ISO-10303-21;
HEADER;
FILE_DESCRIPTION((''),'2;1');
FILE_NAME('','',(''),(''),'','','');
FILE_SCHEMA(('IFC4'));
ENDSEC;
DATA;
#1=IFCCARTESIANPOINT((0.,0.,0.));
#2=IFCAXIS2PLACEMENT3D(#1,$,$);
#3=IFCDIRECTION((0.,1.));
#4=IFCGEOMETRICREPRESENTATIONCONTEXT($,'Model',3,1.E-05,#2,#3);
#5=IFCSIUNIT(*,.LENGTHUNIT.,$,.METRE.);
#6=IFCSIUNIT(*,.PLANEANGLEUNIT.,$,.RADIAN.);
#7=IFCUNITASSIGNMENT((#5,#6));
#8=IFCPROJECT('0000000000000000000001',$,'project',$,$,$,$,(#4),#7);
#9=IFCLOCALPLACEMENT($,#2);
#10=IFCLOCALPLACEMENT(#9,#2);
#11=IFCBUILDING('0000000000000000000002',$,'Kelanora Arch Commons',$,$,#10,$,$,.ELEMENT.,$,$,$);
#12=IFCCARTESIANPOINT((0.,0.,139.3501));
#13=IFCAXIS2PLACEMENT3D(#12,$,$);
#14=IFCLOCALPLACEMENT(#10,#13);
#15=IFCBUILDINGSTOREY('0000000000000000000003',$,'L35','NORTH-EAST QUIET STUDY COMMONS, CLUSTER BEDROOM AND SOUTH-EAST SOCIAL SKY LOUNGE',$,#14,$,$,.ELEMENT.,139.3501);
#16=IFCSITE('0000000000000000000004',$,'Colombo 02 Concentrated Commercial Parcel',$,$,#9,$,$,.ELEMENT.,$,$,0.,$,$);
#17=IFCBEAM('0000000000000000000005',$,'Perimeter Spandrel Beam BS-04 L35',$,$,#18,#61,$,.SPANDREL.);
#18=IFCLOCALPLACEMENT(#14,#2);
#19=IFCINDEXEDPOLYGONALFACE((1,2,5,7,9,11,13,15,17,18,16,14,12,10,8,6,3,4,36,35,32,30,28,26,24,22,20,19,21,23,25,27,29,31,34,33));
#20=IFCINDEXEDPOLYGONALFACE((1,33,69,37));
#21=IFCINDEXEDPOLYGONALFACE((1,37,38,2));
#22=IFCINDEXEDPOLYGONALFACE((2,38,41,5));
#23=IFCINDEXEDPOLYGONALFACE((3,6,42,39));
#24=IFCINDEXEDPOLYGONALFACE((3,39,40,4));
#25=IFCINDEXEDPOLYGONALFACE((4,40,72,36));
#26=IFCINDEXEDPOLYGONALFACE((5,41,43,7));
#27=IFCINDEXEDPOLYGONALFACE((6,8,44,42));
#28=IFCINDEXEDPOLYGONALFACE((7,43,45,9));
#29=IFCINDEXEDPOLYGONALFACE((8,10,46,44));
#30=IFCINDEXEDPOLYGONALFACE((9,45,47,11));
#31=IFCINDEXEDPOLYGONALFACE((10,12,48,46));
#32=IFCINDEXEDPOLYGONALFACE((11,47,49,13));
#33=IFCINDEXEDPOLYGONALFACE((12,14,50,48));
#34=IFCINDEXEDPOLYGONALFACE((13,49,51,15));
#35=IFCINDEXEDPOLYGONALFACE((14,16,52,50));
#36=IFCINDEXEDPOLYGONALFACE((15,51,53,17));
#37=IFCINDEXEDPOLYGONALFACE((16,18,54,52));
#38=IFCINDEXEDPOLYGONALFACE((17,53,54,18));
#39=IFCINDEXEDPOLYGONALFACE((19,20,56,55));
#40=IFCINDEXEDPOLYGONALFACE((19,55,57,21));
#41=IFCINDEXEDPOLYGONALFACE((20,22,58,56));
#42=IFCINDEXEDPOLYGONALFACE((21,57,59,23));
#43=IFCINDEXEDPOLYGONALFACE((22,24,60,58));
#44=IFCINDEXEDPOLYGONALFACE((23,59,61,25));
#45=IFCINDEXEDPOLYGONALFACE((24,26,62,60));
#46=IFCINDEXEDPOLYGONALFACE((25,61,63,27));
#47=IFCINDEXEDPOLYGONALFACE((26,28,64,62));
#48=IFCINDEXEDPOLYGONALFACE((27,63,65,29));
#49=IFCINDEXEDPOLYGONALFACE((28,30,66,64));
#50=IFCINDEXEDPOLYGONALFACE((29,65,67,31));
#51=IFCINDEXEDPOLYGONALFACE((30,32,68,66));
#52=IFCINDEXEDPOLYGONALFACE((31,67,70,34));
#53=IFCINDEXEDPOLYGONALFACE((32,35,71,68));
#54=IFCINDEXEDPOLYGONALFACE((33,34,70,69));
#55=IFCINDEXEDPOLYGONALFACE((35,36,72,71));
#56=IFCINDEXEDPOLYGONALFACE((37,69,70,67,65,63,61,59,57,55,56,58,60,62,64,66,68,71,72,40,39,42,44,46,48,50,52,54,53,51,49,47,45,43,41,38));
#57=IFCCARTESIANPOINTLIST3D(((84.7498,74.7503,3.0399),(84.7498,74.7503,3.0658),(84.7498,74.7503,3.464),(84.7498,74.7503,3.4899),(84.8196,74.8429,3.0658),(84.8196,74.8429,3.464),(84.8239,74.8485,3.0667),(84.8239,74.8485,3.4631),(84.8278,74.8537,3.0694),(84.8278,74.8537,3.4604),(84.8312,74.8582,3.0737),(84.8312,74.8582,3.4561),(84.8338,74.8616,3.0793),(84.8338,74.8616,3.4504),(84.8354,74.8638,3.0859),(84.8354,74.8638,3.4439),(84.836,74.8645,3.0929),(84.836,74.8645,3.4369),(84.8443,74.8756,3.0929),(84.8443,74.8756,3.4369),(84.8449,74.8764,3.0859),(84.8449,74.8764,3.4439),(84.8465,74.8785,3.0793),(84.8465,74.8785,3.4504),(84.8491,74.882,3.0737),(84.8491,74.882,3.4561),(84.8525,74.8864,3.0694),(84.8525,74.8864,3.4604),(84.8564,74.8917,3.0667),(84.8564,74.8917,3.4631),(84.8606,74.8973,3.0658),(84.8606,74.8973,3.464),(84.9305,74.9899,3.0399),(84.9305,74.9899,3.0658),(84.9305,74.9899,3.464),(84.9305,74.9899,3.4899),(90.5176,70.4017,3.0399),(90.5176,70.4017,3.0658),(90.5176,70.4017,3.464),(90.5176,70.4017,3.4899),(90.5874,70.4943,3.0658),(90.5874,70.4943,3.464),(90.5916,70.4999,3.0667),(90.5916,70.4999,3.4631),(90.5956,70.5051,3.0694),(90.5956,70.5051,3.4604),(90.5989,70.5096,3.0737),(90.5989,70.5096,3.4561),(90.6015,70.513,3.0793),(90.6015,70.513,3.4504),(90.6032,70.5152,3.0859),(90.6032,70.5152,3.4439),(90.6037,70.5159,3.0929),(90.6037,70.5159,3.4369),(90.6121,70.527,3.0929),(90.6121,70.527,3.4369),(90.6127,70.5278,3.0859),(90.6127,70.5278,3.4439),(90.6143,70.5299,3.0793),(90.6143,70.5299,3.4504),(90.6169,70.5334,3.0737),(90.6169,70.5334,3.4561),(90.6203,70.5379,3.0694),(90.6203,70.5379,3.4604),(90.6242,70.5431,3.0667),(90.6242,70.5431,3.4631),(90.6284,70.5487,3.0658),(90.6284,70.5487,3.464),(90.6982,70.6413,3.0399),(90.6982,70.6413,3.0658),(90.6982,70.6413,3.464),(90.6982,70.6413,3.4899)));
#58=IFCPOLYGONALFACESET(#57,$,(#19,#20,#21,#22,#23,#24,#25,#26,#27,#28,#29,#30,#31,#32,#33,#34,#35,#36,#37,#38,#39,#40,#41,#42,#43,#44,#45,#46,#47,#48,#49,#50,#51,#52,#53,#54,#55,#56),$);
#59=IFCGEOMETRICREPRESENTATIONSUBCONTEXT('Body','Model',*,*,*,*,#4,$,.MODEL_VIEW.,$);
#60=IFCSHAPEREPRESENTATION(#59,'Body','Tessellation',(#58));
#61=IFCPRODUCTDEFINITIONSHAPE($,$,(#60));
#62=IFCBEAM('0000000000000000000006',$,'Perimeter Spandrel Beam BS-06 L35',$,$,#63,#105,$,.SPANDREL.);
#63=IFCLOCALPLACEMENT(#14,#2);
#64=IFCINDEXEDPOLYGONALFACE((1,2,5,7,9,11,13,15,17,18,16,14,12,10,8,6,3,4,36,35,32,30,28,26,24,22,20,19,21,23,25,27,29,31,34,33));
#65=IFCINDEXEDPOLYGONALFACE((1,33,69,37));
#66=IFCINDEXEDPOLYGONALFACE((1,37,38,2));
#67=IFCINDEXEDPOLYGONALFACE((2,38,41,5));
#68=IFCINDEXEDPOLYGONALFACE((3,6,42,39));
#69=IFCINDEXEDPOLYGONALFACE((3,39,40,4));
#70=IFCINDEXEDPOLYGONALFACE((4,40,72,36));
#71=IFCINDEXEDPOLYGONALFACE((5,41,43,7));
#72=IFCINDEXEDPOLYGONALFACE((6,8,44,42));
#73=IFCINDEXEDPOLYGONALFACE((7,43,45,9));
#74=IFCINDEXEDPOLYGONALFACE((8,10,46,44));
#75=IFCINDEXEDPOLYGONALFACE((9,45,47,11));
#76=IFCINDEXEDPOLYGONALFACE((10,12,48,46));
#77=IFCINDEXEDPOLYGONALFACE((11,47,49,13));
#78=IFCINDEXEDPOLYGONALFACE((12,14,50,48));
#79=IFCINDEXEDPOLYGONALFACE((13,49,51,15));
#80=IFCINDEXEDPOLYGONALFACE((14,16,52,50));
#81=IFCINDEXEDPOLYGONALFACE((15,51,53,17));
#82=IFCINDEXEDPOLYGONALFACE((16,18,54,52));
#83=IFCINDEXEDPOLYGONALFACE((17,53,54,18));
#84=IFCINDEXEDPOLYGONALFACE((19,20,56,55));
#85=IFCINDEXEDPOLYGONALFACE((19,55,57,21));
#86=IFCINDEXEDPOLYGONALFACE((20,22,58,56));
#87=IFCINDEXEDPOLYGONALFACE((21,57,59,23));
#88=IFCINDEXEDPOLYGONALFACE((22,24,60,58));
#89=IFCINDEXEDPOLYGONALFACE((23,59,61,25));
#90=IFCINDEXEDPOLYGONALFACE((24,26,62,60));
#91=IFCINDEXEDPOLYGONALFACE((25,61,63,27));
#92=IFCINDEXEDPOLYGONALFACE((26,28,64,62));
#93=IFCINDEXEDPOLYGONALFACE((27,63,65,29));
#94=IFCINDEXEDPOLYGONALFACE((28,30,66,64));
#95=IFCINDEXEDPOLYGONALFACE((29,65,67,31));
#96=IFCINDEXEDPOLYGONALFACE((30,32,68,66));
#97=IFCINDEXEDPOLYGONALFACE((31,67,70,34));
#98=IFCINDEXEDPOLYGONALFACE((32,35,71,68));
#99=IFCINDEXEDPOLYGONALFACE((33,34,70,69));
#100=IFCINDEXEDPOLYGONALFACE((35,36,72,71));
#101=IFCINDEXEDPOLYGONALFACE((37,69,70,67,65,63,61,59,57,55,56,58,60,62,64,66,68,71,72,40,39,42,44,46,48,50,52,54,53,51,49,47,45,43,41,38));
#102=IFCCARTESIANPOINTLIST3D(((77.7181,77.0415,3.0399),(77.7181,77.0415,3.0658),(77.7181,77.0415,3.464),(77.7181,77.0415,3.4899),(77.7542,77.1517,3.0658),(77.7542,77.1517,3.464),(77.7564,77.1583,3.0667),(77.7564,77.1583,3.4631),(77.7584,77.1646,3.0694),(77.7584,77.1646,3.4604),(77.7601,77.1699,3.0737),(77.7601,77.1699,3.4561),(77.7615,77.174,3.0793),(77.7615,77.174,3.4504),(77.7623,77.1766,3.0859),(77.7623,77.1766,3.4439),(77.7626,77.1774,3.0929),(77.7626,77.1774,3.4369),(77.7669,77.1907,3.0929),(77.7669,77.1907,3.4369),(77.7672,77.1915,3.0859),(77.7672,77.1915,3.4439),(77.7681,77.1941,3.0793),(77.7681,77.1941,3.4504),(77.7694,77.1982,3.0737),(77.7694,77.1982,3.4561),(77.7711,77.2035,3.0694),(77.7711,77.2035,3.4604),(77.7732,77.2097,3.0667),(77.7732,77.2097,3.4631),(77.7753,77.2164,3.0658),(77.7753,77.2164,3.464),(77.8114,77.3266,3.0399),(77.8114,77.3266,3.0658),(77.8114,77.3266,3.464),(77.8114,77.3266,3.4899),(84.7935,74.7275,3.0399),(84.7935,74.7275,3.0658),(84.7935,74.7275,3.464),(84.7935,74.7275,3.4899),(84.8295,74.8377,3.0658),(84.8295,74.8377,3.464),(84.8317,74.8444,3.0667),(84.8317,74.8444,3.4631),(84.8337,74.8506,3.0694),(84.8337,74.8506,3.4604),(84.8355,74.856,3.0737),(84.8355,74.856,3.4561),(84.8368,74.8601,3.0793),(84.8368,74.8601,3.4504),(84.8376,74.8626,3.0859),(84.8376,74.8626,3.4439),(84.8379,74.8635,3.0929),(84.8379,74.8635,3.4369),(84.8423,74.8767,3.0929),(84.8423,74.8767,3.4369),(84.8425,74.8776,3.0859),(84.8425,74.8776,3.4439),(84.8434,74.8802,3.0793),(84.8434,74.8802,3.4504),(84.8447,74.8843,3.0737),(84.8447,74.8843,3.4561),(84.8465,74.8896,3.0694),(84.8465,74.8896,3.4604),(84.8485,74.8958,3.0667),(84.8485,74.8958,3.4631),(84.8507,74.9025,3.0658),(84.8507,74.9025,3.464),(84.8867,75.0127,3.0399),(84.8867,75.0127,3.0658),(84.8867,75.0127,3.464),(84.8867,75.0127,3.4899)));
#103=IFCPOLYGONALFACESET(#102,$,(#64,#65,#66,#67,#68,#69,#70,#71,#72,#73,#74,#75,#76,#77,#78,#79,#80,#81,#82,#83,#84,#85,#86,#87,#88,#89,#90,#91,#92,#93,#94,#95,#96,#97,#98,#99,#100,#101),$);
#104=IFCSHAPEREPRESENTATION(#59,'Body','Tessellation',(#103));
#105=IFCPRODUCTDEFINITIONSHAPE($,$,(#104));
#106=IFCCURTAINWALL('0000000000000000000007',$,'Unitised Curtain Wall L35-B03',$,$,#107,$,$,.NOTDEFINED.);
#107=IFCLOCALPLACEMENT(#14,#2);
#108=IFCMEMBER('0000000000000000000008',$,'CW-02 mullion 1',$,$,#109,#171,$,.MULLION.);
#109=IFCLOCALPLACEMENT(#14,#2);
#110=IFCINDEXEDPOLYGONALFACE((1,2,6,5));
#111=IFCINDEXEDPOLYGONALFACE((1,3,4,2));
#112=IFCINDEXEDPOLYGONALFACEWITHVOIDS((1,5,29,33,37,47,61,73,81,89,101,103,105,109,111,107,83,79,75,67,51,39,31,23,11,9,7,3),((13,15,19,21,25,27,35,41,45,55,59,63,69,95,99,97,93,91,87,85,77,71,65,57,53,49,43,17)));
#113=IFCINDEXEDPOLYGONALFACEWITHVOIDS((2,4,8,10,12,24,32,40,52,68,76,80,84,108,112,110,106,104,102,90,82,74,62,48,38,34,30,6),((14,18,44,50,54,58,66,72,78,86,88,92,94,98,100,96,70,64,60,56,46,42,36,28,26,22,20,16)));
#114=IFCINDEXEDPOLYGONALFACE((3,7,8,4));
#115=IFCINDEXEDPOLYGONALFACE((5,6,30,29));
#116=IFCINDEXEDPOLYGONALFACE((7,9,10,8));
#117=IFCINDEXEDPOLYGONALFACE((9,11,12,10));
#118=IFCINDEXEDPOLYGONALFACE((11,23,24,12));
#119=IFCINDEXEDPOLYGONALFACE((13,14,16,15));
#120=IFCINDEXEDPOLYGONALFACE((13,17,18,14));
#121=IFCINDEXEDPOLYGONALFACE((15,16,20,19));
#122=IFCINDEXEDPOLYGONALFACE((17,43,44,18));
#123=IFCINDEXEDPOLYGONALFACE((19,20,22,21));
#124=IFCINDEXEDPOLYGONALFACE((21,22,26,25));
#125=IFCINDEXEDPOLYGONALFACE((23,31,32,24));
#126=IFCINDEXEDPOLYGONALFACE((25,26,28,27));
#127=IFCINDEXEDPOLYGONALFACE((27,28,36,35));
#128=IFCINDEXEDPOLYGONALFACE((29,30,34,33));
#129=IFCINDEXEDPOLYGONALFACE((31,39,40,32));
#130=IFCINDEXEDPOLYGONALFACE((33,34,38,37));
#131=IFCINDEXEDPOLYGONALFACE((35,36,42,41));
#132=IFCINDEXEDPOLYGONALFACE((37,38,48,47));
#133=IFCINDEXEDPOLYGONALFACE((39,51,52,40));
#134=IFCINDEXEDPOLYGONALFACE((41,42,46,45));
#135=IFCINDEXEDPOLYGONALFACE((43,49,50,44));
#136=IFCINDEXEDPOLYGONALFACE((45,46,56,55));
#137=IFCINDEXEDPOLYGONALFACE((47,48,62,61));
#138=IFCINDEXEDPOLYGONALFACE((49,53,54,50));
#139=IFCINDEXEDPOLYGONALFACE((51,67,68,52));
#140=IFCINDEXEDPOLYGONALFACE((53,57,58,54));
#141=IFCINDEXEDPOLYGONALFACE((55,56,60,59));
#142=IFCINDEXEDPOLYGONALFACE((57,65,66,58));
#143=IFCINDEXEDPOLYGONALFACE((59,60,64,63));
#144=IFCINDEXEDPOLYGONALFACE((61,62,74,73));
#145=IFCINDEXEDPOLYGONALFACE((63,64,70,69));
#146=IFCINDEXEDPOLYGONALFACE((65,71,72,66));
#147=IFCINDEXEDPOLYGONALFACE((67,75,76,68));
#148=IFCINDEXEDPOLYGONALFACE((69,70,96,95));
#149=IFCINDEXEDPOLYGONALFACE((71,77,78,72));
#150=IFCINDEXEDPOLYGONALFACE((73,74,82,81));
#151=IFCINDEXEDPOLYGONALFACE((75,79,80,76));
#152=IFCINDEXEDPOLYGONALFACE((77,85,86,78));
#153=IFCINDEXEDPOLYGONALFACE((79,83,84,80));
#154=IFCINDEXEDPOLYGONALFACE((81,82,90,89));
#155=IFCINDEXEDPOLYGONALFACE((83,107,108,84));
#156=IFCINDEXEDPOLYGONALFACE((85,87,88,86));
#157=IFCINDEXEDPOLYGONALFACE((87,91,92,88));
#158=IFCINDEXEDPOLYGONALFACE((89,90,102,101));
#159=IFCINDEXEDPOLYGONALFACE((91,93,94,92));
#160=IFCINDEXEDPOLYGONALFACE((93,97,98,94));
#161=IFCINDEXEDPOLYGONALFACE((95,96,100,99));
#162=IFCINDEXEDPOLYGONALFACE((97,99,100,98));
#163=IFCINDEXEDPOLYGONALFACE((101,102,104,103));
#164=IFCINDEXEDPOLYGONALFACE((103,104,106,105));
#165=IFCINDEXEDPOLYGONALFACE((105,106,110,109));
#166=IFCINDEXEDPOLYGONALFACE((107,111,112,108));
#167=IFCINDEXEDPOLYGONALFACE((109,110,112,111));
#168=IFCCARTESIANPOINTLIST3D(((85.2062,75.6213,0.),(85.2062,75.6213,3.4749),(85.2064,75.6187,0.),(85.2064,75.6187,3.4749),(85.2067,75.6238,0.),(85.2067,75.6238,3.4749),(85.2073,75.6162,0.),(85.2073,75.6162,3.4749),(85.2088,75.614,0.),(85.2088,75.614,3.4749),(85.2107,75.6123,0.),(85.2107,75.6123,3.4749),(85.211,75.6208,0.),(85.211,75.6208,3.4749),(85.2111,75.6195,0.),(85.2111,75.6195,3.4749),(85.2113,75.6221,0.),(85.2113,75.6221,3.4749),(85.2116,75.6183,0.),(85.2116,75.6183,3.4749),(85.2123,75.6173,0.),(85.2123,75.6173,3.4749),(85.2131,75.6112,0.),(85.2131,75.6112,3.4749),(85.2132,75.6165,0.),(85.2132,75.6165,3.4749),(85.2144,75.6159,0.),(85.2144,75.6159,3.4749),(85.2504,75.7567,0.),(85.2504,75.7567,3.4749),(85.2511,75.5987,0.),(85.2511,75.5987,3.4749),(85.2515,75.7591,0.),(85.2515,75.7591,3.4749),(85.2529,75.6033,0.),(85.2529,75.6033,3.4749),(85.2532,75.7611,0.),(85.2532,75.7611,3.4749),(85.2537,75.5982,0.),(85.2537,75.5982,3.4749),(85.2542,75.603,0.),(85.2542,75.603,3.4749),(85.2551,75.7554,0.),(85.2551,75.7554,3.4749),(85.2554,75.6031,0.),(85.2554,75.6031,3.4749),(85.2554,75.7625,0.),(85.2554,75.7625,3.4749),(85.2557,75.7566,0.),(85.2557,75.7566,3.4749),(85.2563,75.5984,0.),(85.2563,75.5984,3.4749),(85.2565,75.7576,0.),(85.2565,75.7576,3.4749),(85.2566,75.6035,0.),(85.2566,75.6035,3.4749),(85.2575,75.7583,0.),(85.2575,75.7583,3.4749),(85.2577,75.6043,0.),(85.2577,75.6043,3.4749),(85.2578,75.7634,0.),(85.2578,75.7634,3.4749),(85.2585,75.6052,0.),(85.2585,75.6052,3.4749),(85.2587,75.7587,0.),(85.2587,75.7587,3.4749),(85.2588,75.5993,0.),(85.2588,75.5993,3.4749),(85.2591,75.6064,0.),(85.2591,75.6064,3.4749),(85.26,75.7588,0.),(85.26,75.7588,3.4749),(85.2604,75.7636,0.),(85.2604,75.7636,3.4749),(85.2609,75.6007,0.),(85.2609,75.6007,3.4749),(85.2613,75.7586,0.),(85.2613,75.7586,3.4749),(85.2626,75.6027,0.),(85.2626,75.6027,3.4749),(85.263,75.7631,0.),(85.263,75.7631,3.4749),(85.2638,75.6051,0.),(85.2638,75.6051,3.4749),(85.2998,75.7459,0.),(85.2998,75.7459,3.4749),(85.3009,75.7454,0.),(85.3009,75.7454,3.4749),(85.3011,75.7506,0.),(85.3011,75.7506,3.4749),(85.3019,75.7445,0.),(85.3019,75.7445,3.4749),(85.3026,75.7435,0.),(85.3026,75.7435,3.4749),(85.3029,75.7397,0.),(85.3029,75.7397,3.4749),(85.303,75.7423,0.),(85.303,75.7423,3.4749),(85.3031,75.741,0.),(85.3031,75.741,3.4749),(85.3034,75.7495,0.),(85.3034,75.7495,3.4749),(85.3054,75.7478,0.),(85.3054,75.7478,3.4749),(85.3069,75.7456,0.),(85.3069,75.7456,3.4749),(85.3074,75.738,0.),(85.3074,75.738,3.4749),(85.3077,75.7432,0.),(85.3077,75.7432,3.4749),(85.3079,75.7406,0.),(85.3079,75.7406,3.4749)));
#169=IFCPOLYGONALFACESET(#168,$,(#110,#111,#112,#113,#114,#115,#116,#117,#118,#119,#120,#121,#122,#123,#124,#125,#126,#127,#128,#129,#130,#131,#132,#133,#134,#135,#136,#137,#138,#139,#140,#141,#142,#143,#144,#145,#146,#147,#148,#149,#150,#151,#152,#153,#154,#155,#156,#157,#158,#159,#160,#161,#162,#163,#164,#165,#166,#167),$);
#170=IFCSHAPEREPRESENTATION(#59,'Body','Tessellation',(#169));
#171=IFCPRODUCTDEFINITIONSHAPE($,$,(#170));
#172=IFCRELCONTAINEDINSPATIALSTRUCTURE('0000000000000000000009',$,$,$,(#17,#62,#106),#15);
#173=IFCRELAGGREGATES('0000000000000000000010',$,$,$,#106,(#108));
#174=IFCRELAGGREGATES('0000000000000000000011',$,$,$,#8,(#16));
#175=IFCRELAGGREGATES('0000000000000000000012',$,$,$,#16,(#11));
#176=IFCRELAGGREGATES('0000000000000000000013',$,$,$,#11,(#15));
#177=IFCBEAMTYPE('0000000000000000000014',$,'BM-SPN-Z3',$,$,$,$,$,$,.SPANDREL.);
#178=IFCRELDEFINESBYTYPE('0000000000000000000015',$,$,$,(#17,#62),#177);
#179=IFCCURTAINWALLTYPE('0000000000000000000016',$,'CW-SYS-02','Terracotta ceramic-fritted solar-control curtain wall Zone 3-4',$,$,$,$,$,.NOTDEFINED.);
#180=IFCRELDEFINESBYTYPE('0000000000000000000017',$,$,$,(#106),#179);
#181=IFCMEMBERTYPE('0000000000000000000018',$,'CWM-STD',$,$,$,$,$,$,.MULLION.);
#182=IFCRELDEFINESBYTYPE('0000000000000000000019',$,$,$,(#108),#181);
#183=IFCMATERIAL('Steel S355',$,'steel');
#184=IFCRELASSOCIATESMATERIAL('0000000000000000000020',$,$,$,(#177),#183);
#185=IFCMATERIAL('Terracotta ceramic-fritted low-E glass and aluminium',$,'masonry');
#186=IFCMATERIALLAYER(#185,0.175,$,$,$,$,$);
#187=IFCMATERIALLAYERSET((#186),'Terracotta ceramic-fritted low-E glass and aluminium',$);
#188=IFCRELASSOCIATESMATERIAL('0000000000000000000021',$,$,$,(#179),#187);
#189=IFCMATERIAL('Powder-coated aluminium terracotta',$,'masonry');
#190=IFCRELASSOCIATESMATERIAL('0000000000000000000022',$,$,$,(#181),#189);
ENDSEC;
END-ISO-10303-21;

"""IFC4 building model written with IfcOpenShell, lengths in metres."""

from ifc_helpers import new_model, si_unit, direction, frame, origin, origin_2d, place, context, subcontext, project, spatial, hollow_rectangle, i_section, extrude, material, layer, layer_set, material_profile, profile_set, type_object, element, aggregate, save


model = new_model("IFC4")

# Units and contexts
model_context = context("Model", 3, precision=1e-05, world=origin(), true_north=direction((0.0, 1.0)))
body_context = subcontext(model_context, "Body", "Model", "MODEL_VIEW")
ifc_project = project(units=[si_unit("LENGTHUNIT", "METRE"), si_unit("PLANEANGLEUNIT", "RADIAN")], contexts=[model_context])

# Site, building, storey
site_placement = place(None, origin())
site = spatial("IfcSite", under=ifc_project, at=site_placement, Name="Colombo 02 Concentrated Commercial Parcel", CompositionType="ELEMENT", RefElevation=0.0)
building_placement = place(site_placement, origin())
building = spatial("IfcBuilding", under=site, at=building_placement, Name="Kelanora Arch Commons", CompositionType="ELEMENT")
storey_placement = place(building_placement, frame((0.0, 0.0, 139.3501)))
storey = spatial("IfcBuildingStorey", under=building, at=storey_placement, Name="L35", Description="NORTH-EAST QUIET STUDY COMMONS, CLUSTER BEDROOM AND SOUTH-EAST SOCIAL SKY LOUNGE", CompositionType="ELEMENT", Elevation=139.3501)

# Beams
ifc_material_1 = material(Name="Steel S355", Category="steel")
ifc_material_profile_1 = material_profile(ifc_material_1, i_section(OverallWidth=0.3, OverallDepth=0.45, WebThickness=0.0139, FlangeThickness=0.0259, FilletRadius=0.0271, at=origin_2d()), Name="HEB450")
ifc_profile_set_1 = profile_set([ifc_material_profile_1], Name="Steel S355")
beam_type_1 = type_object("IfcBeamType", Name="BM-SPN-Z3", PredefinedType="SPANDREL", material=ifc_profile_set_1)
beam_1_placement = place(storey_placement, frame((90.6079, 70.5215, 3.2649), z_axis=(-0.798485, 0.602015, 0.0), x_axis=(-0.602015, -0.798485, 0.0)))
element("IfcBeam", 1, at=beam_1_placement, inside=storey, type_object=beam_type_1, Name="Perimeter Spandrel Beam BS-04 L35", PredefinedType="SPANDREL", context=body_context, shape_type="SweptSolid", body=[
    extrude(i_section(OverallWidth=0.3, OverallDepth=0.45, WebThickness=0.0139, FlangeThickness=0.0259, FilletRadius=0.0271, at=origin_2d()), origin(), (0.0, 0.0, 1.0), 7.2234),
])
beam_2_placement = place(storey_placement, frame((84.8401, 74.8701, 3.2649), z_axis=(-0.950462, 0.310841, 0.0), x_axis=(-0.310841, -0.950462, 0.0)))
element("IfcBeam", 2, at=beam_2_placement, inside=storey, type_object=beam_type_1, Name="Perimeter Spandrel Beam BS-06 L35", PredefinedType="SPANDREL", context=body_context, shape_type="SweptSolid", body=[
    extrude(i_section(OverallWidth=0.3, OverallDepth=0.45, WebThickness=0.0139, FlangeThickness=0.0259, FilletRadius=0.0271, at=origin_2d()), origin(), (0.0, 0.0, 1.0), 7.4441),
])

# Curtain wall, member
ifc_material_2 = material(Name="Terracotta ceramic-fritted low-E glass and aluminium", Category="masonry")
ifc_layer_1 = layer(ifc_material_2, 0.175)
ifc_layer_set_1 = layer_set([ifc_layer_1], Name="Terracotta ceramic-fritted low-E glass and aluminium")
curtain_wall_type = type_object("IfcCurtainWallType", Name="CW-SYS-02", Description="Terracotta ceramic-fritted solar-control curtain wall Zone 3-4", PredefinedType="NOTDEFINED", material=ifc_layer_set_1)
curtain_wall_placement = place(storey_placement, origin())
curtain_wall = element("IfcCurtainWall", 3, at=curtain_wall_placement, inside=storey, type_object=curtain_wall_type, Name="Unitised Curtain Wall L35-B03", PredefinedType="NOTDEFINED")
ifc_material_3 = material(Name="Powder-coated aluminium terracotta", Category="masonry")
ifc_material_profile_2 = material_profile(ifc_material_3, hollow_rectangle(XDim=0.1599, YDim=0.0601, WallThickness=0.0049, InnerFilletRadius=0.0049, OuterFilletRadius=0.01, at=origin_2d()), Name="CWM160x60")
ifc_profile_set_2 = profile_set([ifc_material_profile_2], Name="Powder-coated aluminium terracotta")
member_type_1 = type_object("IfcMemberType", Name="CWM-STD", PredefinedType="MULLION", material=ifc_profile_set_2)
member_1_placement = place(storey_placement, frame((85.2571, 75.6809, 0.0), z_axis=(0.0, 0.0, 1.0), x_axis=(-0.312128, -0.95004, 0.0)))
member_1 = element("IfcMember", 4, at=member_1_placement, type_object=member_type_1, Name="CW-02 mullion 1", PredefinedType="MULLION", context=body_context, shape_type="SweptSolid", body=[
    extrude(hollow_rectangle(XDim=0.1599, YDim=0.0601, WallThickness=0.0049, InnerFilletRadius=0.0049, OuterFilletRadius=0.01, at=origin_2d()), origin(), (0.0, 0.0, 1.0), 3.4749),
])
aggregate(curtain_wall, [member_1])

save(model, "model.ifc")
